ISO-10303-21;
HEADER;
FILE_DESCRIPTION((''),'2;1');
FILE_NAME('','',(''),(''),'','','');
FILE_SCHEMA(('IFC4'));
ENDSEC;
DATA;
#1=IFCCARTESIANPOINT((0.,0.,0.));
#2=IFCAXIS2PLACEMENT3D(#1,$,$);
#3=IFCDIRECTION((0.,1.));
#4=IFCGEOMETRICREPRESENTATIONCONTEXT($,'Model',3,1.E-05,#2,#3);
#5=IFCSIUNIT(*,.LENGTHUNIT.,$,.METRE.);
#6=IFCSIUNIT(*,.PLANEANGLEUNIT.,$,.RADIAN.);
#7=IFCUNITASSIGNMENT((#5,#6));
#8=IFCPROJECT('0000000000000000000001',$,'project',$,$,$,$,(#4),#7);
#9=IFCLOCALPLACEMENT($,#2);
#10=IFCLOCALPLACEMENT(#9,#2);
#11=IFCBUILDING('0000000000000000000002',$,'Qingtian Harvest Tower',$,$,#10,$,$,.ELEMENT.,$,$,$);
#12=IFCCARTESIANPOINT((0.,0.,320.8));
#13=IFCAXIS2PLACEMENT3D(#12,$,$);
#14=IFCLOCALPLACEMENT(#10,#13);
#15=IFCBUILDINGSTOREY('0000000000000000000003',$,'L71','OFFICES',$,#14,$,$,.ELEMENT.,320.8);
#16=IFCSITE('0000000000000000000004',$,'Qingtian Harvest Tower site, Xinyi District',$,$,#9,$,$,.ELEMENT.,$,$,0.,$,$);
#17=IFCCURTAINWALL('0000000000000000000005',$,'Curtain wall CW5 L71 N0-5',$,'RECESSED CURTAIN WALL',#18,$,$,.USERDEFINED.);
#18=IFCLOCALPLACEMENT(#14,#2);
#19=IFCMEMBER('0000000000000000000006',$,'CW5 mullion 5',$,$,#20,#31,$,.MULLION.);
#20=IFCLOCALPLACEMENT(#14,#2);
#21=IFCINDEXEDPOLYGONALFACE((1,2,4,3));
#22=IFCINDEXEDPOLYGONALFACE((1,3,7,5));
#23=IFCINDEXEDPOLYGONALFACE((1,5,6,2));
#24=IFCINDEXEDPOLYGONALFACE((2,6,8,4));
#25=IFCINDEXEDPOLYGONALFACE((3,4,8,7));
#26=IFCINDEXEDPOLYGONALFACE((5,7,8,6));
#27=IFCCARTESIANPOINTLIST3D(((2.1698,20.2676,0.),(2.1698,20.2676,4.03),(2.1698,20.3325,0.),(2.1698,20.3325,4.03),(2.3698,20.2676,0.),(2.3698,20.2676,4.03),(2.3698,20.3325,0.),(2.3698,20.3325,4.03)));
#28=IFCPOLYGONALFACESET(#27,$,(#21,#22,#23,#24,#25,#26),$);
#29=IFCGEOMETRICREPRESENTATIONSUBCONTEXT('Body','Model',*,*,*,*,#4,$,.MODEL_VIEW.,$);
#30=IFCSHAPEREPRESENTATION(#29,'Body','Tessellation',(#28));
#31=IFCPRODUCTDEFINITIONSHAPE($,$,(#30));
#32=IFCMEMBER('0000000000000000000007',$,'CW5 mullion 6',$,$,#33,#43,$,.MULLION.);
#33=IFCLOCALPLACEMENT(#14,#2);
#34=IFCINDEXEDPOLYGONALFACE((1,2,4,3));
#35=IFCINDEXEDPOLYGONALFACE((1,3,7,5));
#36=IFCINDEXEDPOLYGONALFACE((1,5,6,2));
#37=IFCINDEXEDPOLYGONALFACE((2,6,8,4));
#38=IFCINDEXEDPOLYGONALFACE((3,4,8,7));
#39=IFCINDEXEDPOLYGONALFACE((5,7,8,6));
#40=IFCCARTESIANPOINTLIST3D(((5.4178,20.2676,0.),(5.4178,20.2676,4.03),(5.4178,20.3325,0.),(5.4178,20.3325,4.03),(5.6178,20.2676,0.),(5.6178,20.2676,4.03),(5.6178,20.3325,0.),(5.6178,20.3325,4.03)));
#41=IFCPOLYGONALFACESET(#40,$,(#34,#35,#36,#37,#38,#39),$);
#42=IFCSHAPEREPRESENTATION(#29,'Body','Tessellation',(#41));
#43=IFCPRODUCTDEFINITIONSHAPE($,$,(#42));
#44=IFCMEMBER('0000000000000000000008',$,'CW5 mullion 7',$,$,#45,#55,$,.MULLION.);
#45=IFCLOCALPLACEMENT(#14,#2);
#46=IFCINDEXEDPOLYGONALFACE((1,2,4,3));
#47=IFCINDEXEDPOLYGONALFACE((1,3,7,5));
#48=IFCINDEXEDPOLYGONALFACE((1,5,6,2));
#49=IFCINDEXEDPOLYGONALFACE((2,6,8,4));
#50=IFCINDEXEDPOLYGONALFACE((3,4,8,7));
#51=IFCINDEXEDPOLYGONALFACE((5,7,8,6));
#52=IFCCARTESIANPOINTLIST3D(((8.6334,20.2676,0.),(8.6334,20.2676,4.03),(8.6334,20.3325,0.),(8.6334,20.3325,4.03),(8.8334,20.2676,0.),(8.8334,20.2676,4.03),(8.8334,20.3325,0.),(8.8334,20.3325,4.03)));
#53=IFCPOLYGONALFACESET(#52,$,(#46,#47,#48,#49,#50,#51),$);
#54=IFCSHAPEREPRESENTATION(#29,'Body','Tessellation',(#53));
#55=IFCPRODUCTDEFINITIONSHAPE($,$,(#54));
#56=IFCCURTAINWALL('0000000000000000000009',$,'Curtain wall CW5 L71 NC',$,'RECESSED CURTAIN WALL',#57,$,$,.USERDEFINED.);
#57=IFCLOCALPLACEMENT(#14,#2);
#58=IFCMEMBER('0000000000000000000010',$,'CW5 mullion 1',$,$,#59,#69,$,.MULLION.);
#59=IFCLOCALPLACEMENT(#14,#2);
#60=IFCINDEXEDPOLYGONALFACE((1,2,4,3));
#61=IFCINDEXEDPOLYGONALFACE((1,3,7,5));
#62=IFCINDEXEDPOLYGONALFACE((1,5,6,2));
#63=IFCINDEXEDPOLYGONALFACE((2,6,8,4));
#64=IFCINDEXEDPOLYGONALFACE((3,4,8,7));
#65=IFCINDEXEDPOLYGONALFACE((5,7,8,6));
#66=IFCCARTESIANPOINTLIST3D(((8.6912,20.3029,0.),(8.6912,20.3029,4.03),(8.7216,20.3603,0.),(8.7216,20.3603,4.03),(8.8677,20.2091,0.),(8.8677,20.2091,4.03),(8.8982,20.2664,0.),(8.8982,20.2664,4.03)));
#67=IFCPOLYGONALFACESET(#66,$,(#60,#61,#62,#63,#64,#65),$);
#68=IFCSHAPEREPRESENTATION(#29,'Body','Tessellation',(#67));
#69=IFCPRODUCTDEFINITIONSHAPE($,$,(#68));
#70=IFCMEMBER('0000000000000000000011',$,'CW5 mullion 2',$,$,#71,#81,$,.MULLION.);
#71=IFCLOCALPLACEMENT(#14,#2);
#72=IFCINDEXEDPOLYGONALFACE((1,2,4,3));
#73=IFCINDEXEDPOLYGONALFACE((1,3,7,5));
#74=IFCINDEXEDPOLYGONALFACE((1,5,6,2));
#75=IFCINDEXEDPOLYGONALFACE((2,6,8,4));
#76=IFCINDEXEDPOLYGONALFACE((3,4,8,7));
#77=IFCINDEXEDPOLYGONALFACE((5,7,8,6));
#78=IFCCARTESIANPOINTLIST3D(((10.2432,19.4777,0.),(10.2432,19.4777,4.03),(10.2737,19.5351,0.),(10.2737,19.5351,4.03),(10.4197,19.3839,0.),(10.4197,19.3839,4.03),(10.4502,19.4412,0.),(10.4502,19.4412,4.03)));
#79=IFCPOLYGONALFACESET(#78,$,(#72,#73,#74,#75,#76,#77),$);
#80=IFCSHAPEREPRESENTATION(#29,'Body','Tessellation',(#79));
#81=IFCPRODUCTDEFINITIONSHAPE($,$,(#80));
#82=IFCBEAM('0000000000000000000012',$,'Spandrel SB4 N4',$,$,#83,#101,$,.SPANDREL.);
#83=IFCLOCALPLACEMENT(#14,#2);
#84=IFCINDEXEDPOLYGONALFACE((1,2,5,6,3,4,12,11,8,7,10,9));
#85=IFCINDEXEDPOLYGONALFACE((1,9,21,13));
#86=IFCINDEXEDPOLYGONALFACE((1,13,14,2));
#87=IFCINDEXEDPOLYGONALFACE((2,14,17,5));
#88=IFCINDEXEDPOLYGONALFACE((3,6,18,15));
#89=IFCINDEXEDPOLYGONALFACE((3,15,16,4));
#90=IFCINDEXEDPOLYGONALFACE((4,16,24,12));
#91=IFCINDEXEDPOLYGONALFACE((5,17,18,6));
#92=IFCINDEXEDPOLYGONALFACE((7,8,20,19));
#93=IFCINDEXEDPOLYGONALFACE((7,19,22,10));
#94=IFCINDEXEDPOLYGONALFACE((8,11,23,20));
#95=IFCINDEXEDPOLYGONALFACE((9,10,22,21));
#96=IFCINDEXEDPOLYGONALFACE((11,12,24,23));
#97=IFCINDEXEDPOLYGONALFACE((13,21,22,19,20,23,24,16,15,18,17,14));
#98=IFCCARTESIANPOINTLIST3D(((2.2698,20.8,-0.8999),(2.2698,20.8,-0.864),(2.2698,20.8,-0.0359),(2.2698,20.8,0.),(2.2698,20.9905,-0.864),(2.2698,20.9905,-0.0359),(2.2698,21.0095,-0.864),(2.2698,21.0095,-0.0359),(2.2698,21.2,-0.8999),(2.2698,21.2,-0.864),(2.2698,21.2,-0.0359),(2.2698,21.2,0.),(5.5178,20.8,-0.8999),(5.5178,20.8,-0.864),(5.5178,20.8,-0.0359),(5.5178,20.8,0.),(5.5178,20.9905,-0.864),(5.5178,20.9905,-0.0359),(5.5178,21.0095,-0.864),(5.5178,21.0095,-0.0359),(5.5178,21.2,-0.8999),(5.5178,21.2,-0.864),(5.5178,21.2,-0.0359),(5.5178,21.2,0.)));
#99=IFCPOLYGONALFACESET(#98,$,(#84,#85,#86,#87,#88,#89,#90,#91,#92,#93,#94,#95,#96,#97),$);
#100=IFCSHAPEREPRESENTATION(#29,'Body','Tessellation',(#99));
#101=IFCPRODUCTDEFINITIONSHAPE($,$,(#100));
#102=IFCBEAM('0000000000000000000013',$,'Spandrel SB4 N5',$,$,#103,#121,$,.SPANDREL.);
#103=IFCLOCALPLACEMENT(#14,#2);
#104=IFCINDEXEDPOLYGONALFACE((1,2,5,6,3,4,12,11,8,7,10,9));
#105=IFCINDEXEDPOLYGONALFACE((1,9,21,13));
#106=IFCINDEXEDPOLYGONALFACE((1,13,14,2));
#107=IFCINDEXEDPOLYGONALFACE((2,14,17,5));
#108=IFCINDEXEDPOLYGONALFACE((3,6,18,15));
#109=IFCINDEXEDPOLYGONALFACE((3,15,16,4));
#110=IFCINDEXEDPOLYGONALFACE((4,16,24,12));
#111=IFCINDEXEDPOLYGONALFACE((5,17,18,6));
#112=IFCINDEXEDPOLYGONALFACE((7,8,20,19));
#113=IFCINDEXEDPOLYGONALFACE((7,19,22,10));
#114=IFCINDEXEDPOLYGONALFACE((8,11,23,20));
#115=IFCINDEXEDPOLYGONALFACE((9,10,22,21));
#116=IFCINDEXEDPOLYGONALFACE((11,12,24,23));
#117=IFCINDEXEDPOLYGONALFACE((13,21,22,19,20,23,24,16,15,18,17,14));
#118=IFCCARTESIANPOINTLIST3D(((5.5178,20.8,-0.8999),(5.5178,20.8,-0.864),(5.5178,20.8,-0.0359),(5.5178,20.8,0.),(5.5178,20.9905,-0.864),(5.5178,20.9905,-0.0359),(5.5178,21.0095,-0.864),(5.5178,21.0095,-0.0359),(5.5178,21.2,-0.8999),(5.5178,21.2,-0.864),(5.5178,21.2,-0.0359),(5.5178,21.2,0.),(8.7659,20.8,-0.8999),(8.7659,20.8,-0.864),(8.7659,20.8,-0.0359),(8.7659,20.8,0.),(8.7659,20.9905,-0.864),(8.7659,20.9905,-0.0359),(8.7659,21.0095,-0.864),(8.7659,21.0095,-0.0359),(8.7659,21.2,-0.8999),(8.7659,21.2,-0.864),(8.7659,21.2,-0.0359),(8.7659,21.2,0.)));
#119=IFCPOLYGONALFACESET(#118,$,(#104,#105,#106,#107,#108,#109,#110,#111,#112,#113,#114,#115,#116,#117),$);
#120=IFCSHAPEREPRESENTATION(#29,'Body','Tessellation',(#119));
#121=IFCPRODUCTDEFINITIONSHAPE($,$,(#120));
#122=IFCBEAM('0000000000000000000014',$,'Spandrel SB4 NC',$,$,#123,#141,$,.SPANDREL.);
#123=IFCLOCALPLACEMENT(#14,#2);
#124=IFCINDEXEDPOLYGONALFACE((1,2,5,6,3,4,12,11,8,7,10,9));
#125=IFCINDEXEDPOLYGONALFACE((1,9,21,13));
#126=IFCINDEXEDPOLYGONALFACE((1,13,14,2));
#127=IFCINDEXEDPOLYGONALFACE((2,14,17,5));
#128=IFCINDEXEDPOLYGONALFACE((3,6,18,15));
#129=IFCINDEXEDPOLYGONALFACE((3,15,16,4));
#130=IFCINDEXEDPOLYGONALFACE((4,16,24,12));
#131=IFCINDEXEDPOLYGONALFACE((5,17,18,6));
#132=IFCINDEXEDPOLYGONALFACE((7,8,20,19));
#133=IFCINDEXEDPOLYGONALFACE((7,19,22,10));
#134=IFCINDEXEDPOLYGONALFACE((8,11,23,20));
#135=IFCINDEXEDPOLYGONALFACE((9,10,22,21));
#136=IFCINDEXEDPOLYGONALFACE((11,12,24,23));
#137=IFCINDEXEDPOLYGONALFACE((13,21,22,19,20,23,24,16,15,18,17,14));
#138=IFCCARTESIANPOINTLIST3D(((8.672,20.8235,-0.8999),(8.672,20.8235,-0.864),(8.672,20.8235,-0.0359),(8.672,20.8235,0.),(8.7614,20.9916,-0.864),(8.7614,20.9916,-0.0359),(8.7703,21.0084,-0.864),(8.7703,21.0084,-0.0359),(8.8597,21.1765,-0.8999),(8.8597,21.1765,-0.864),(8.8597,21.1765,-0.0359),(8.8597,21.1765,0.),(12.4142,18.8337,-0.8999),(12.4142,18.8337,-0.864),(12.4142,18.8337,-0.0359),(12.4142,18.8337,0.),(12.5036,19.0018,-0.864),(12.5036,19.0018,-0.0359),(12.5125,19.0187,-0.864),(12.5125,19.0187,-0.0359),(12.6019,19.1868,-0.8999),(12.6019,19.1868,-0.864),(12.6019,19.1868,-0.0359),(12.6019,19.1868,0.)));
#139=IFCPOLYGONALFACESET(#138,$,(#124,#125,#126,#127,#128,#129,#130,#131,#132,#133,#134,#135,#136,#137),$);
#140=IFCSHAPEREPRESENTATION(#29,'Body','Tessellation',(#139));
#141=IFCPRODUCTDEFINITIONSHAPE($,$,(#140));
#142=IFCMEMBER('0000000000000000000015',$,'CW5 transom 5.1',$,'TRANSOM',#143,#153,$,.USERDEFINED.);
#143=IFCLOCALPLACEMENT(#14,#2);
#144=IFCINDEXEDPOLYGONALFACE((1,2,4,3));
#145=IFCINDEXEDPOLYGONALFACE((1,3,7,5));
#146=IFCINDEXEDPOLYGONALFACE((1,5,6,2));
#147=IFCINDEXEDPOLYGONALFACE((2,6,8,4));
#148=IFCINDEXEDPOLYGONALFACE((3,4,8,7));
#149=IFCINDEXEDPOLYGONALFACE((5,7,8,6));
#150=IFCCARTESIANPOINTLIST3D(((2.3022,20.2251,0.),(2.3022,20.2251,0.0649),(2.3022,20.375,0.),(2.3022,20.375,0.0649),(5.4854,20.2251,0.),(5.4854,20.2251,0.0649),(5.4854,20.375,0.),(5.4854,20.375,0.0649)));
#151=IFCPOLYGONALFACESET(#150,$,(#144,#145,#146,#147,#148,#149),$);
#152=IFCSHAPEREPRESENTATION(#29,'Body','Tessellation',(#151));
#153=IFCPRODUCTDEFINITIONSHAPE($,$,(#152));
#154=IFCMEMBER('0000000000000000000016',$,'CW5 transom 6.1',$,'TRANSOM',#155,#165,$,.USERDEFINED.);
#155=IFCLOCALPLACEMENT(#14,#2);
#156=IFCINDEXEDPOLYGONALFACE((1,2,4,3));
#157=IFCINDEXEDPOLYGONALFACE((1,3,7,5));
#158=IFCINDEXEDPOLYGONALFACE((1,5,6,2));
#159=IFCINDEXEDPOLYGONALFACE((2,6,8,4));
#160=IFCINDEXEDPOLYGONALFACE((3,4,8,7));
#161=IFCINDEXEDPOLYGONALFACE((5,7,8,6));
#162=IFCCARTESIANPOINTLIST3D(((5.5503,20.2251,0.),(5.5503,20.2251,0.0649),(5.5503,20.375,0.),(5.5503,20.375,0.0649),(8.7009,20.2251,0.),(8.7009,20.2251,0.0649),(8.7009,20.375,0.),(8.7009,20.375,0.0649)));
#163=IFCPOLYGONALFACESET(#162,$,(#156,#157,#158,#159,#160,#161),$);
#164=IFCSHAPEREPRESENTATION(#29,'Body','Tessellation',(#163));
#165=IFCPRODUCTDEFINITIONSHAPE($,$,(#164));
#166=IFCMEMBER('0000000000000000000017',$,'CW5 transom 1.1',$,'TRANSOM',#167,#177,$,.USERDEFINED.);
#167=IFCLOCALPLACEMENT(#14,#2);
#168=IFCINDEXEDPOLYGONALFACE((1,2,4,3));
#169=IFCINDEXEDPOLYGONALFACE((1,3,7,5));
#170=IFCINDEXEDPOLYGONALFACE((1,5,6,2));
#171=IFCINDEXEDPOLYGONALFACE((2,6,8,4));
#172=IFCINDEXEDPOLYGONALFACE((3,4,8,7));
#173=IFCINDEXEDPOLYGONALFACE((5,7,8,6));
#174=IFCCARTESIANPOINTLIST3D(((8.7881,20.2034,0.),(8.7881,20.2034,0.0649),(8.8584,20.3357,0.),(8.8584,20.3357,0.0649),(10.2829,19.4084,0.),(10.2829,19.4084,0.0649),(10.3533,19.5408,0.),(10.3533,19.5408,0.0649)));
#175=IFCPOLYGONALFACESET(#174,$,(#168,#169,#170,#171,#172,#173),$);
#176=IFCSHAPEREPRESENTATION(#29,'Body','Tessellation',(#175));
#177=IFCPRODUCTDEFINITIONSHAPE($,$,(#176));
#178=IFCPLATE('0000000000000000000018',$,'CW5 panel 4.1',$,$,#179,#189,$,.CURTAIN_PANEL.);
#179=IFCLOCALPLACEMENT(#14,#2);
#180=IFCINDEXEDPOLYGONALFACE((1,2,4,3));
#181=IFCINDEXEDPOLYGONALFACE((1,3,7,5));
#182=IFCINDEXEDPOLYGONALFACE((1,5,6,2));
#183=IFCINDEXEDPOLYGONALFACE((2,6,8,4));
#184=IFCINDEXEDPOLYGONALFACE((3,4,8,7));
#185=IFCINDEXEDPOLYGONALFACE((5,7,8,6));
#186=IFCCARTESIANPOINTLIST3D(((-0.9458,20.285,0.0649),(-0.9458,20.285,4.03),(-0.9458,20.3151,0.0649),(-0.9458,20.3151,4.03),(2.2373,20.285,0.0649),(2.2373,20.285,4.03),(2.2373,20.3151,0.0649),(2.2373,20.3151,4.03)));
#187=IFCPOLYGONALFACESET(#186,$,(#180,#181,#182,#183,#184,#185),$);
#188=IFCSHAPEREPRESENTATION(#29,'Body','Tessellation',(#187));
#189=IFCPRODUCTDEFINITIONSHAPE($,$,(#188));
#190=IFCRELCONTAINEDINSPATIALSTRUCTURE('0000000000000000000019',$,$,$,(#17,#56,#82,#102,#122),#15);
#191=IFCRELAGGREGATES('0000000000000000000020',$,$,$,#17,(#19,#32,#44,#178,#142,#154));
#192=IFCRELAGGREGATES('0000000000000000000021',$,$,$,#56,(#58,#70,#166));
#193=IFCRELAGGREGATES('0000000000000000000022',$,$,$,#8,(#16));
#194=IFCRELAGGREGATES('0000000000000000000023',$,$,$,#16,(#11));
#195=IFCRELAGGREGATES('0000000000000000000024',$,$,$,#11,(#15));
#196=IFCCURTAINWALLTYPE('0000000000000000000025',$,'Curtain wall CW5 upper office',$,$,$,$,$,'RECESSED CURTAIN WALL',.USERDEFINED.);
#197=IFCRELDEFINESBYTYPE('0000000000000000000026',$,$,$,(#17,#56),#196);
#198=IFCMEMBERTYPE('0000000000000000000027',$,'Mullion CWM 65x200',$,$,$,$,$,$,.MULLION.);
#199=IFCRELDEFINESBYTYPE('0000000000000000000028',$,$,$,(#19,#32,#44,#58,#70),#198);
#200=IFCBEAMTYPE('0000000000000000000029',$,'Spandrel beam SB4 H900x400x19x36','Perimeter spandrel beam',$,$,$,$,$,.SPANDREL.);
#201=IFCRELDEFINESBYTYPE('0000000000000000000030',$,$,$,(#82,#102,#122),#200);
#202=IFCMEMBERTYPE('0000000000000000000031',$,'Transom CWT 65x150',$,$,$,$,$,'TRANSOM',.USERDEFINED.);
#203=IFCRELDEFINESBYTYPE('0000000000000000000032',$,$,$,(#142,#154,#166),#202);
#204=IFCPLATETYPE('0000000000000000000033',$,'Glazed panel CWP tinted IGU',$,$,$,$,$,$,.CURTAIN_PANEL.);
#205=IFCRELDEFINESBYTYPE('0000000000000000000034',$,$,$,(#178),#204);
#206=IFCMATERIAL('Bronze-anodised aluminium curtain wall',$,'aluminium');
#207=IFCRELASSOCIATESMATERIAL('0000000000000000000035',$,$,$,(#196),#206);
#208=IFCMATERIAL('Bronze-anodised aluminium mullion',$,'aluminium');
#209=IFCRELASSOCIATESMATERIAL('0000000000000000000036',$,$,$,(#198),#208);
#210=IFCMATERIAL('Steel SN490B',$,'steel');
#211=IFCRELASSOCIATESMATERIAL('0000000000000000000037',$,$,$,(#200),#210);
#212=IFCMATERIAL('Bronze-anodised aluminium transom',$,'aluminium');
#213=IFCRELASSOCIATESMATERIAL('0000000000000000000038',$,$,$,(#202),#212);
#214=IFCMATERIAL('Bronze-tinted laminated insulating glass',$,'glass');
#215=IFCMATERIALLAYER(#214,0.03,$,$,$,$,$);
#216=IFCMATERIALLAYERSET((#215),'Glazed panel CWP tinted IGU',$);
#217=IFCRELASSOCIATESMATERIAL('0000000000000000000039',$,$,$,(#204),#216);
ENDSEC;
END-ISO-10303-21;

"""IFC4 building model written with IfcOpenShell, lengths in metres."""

from ifc_helpers import new_model, si_unit, direction, frame, origin, origin_2d, place, context, subcontext, project, spatial, rectangle, i_section, extrude, material, layer, layer_set, material_profile, profile_set, type_object, element, aggregate, save


model = new_model("IFC4")

# Units and contexts
model_context = context("Model", 3, precision=1e-05, world=origin(), true_north=direction((0.0, 1.0)))
body_context = subcontext(model_context, "Body", "Model", "MODEL_VIEW")
ifc_project = project(units=[si_unit("LENGTHUNIT", "METRE"), si_unit("PLANEANGLEUNIT", "RADIAN")], contexts=[model_context])

# Site, building, storey
site_placement = place(None, origin())
site = spatial("IfcSite", under=ifc_project, at=site_placement, Name="Qingtian Harvest Tower site, Xinyi District", CompositionType="ELEMENT", RefElevation=0.0)
building_placement = place(site_placement, origin())
building = spatial("IfcBuilding", under=site, at=building_placement, Name="Qingtian Harvest Tower", CompositionType="ELEMENT")
storey_placement = place(building_placement, frame((0.0, 0.0, 320.8)))
storey = spatial("IfcBuildingStorey", under=building, at=storey_placement, Name="L71", Description="OFFICES", CompositionType="ELEMENT", Elevation=320.8)

# Curtain walls, members
ifc_material_1 = material(Name="Bronze-anodised aluminium curtain wall", Category="aluminium")
curtain_wall_type = type_object("IfcCurtainWallType", Name="Curtain wall CW5 upper office", ElementType="RECESSED CURTAIN WALL", PredefinedType="USERDEFINED", material=ifc_material_1)
curtain_wall_1_placement = place(storey_placement, origin())
curtain_wall_1 = element("IfcCurtainWall", 1, at=curtain_wall_1_placement, inside=storey, type_object=curtain_wall_type, Name="Curtain wall CW5 L71 N0-5", ObjectType="RECESSED CURTAIN WALL", PredefinedType="USERDEFINED")
ifc_material_2 = material(Name="Bronze-anodised aluminium mullion", Category="aluminium")
ifc_material_profile_1 = material_profile(ifc_material_2, rectangle(XDim=0.0649, YDim=0.2, at=origin_2d()), Name="AL 65x200")
ifc_profile_set_1 = profile_set([ifc_material_profile_1], Name="Bronze-anodised aluminium mullion")
member_type_1 = type_object("IfcMemberType", Name="Mullion CWM 65x200", PredefinedType="MULLION", material=ifc_profile_set_1)
member_1_placement = place(storey_placement, frame((2.2698, 20.3, 0.0), z_axis=(0.0, 0.0, 1.0), x_axis=(0.0, 1.0, 0.0)))
member_1 = element("IfcMember", 2, at=member_1_placement, type_object=member_type_1, Name="CW5 mullion 5", PredefinedType="MULLION", context=body_context, shape_type="SweptSolid", body=[
    extrude(rectangle(XDim=0.0649, YDim=0.2, at=origin_2d()), origin(), (0.0, 0.0, 1.0), 4.03),
])
member_2_placement = place(storey_placement, frame((5.5178, 20.3, 0.0), z_axis=(0.0, 0.0, 1.0), x_axis=(0.0, 1.0, 0.0)))
member_2 = element("IfcMember", 3, at=member_2_placement, type_object=member_type_1, Name="CW5 mullion 6", PredefinedType="MULLION", context=body_context, shape_type="SweptSolid", body=[
    extrude(rectangle(XDim=0.0649, YDim=0.2, at=origin_2d()), origin(), (0.0, 0.0, 1.0), 4.03),
])
member_3_placement = place(storey_placement, frame((8.7334, 20.3, 0.0), z_axis=(0.0, 0.0, 1.0), x_axis=(0.0, 1.0, 0.0)))
member_3 = element("IfcMember", 4, at=member_3_placement, type_object=member_type_1, Name="CW5 mullion 7", PredefinedType="MULLION", context=body_context, shape_type="SweptSolid", body=[
    extrude(rectangle(XDim=0.0649, YDim=0.2, at=origin_2d()), origin(), (0.0, 0.0, 1.0), 4.03),
])
curtain_wall_2_placement = place(storey_placement, origin())
curtain_wall_2 = element("IfcCurtainWall", 5, at=curtain_wall_2_placement, inside=storey, type_object=curtain_wall_type, Name="Curtain wall CW5 L71 NC", ObjectType="RECESSED CURTAIN WALL", PredefinedType="USERDEFINED")
member_4_placement = place(storey_placement, frame((8.7947, 20.2847, 0.0), z_axis=(0.0, 0.0, 1.0), x_axis=(0.469472, 0.882948, 0.0)))
member_4 = element("IfcMember", 6, at=member_4_placement, type_object=member_type_1, Name="CW5 mullion 1", PredefinedType="MULLION", context=body_context, shape_type="SweptSolid", body=[
    extrude(rectangle(XDim=0.0649, YDim=0.2, at=origin_2d()), origin(), (0.0, 0.0, 1.0), 4.03),
])
member_5_placement = place(storey_placement, frame((10.3467, 19.4595, 0.0), z_axis=(0.0, 0.0, 1.0), x_axis=(0.469472, 0.882948, 0.0)))
member_5 = element("IfcMember", 7, at=member_5_placement, type_object=member_type_1, Name="CW5 mullion 2", PredefinedType="MULLION", context=body_context, shape_type="SweptSolid", body=[
    extrude(rectangle(XDim=0.0649, YDim=0.2, at=origin_2d()), origin(), (0.0, 0.0, 1.0), 4.03),
])

# Beams
ifc_material_3 = material(Name="Steel SN490B", Category="steel")
ifc_material_profile_2 = material_profile(ifc_material_3, i_section(OverallWidth=0.3999, OverallDepth=0.8999, WebThickness=0.019, FlangeThickness=0.0359, at=origin_2d()), Name="H900x400x19x36")
ifc_profile_set_2 = profile_set([ifc_material_profile_2], Name="Steel SN490B")
beam_type_1 = type_object("IfcBeamType", Name="Spandrel beam SB4 H900x400x19x36", Description="Perimeter spandrel beam", PredefinedType="SPANDREL", material=ifc_profile_set_2)
for number, where, z_axis, x_axis, name in (
    (8, (2.2698, 21.0, -0.45), (1.0, 0.0, 0.0), (0.0, 1.0, 0.0), "Spandrel SB4 N4"),
    (9, (5.5178, 21.0, -0.45), (1.0, 0.0, 0.0), (0.0, 1.0, 0.0), "Spandrel SB4 N5"),
):
    element("IfcBeam", number, at=place(storey_placement, frame(where, z_axis=z_axis, x_axis=x_axis)), inside=storey, type_object=beam_type_1, Name=name, PredefinedType="SPANDREL", context=body_context, shape_type="SweptSolid", body=[
        extrude(i_section(OverallWidth=0.3999, OverallDepth=0.8999, WebThickness=0.019, FlangeThickness=0.0359, at=origin_2d()), origin(), (0.0, 0.0, 1.0), 3.248),
    ])
beam_1_placement = place(storey_placement, frame((8.7659, 21.0, -0.45), z_axis=(0.882949, -0.46947, 0.0), x_axis=(0.46947, 0.882949, 0.0)))
element("IfcBeam", 10, at=beam_1_placement, inside=storey, type_object=beam_type_1, Name="Spandrel SB4 NC", PredefinedType="SPANDREL", context=body_context, shape_type="SweptSolid", body=[
    extrude(i_section(OverallWidth=0.3999, OverallDepth=0.8999, WebThickness=0.019, FlangeThickness=0.0359, at=origin_2d()), origin(), (0.0, 0.0, 1.0), 4.2383),
])

# Members
ifc_material_4 = material(Name="Bronze-anodised aluminium transom", Category="aluminium")
ifc_material_profile_3 = material_profile(ifc_material_4, rectangle(XDim=0.1499, YDim=0.0649, at=origin_2d()), Name="AL 65x150")
ifc_profile_set_3 = profile_set([ifc_material_profile_3], Name="Bronze-anodised aluminium transom")
member_type_2 = type_object("IfcMemberType", Name="Transom CWT 65x150", ElementType="TRANSOM", PredefinedType="USERDEFINED", material=ifc_profile_set_3)
member_6_placement = place(storey_placement, frame((2.3022, 20.3, 0.0325), z_axis=(1.0, 0.0, 0.0), x_axis=(0.0, 1.0, 0.0)))
member_6 = element("IfcMember", 11, at=member_6_placement, type_object=member_type_2, Name="CW5 transom 5.1", ObjectType="TRANSOM", PredefinedType="USERDEFINED", context=body_context, shape_type="SweptSolid", body=[
    extrude(rectangle(XDim=0.1499, YDim=0.0649, at=origin_2d()), origin(), (0.0, 0.0, 1.0), 3.1831),
])
member_7_placement = place(storey_placement, frame((5.5503, 20.3, 0.0325), z_axis=(1.0, 0.0, 0.0), x_axis=(0.0, 1.0, 0.0)))
member_7 = element("IfcMember", 12, at=member_7_placement, type_object=member_type_2, Name="CW5 transom 6.1", ObjectType="TRANSOM", PredefinedType="USERDEFINED", context=body_context, shape_type="SweptSolid", body=[
    extrude(rectangle(XDim=0.1499, YDim=0.0649, at=origin_2d()), origin(), (0.0, 0.0, 1.0), 3.1506),
])
member_8_placement = place(storey_placement, frame((8.8232, 20.2695, 0.0325), z_axis=(0.882927, -0.46951, 0.0), x_axis=(0.46951, 0.882927, 0.0)))
member_8 = element("IfcMember", 13, at=member_8_placement, type_object=member_type_2, Name="CW5 transom 1.1", ObjectType="TRANSOM", PredefinedType="USERDEFINED", context=body_context, shape_type="SweptSolid", body=[
    extrude(rectangle(XDim=0.1499, YDim=0.0649, at=origin_2d()), origin(), (0.0, 0.0, 1.0), 1.6931),
])

# Plate
ifc_material_5 = material(Name="Bronze-tinted laminated insulating glass", Category="glass")
ifc_layer_1 = layer(ifc_material_5, 0.03)
ifc_layer_set_1 = layer_set([ifc_layer_1], Name="Glazed panel CWP tinted IGU")
plate_type = type_object("IfcPlateType", Name="Glazed panel CWP tinted IGU", PredefinedType="CURTAIN_PANEL", material=ifc_layer_set_1)
plate_1_placement = place(storey_placement, frame((0.6458, 20.3, 0.0649), z_axis=(0.0, 0.0, 1.0), x_axis=(1.0, 0.0, 0.0)))
plate_1 = element("IfcPlate", 14, at=plate_1_placement, type_object=plate_type, Name="CW5 panel 4.1", PredefinedType="CURTAIN_PANEL", context=body_context, shape_type="SweptSolid", body=[
    extrude(rectangle(XDim=3.1831, YDim=0.03, at=origin_2d()), origin(), (0.0, 0.0, 1.0), 3.9651),
])
aggregate(curtain_wall_1, [member_1, member_2, member_3, plate_1, member_6, member_7])
aggregate(curtain_wall_2, [member_4, member_5, member_8])

save(model, "model.ifc")
